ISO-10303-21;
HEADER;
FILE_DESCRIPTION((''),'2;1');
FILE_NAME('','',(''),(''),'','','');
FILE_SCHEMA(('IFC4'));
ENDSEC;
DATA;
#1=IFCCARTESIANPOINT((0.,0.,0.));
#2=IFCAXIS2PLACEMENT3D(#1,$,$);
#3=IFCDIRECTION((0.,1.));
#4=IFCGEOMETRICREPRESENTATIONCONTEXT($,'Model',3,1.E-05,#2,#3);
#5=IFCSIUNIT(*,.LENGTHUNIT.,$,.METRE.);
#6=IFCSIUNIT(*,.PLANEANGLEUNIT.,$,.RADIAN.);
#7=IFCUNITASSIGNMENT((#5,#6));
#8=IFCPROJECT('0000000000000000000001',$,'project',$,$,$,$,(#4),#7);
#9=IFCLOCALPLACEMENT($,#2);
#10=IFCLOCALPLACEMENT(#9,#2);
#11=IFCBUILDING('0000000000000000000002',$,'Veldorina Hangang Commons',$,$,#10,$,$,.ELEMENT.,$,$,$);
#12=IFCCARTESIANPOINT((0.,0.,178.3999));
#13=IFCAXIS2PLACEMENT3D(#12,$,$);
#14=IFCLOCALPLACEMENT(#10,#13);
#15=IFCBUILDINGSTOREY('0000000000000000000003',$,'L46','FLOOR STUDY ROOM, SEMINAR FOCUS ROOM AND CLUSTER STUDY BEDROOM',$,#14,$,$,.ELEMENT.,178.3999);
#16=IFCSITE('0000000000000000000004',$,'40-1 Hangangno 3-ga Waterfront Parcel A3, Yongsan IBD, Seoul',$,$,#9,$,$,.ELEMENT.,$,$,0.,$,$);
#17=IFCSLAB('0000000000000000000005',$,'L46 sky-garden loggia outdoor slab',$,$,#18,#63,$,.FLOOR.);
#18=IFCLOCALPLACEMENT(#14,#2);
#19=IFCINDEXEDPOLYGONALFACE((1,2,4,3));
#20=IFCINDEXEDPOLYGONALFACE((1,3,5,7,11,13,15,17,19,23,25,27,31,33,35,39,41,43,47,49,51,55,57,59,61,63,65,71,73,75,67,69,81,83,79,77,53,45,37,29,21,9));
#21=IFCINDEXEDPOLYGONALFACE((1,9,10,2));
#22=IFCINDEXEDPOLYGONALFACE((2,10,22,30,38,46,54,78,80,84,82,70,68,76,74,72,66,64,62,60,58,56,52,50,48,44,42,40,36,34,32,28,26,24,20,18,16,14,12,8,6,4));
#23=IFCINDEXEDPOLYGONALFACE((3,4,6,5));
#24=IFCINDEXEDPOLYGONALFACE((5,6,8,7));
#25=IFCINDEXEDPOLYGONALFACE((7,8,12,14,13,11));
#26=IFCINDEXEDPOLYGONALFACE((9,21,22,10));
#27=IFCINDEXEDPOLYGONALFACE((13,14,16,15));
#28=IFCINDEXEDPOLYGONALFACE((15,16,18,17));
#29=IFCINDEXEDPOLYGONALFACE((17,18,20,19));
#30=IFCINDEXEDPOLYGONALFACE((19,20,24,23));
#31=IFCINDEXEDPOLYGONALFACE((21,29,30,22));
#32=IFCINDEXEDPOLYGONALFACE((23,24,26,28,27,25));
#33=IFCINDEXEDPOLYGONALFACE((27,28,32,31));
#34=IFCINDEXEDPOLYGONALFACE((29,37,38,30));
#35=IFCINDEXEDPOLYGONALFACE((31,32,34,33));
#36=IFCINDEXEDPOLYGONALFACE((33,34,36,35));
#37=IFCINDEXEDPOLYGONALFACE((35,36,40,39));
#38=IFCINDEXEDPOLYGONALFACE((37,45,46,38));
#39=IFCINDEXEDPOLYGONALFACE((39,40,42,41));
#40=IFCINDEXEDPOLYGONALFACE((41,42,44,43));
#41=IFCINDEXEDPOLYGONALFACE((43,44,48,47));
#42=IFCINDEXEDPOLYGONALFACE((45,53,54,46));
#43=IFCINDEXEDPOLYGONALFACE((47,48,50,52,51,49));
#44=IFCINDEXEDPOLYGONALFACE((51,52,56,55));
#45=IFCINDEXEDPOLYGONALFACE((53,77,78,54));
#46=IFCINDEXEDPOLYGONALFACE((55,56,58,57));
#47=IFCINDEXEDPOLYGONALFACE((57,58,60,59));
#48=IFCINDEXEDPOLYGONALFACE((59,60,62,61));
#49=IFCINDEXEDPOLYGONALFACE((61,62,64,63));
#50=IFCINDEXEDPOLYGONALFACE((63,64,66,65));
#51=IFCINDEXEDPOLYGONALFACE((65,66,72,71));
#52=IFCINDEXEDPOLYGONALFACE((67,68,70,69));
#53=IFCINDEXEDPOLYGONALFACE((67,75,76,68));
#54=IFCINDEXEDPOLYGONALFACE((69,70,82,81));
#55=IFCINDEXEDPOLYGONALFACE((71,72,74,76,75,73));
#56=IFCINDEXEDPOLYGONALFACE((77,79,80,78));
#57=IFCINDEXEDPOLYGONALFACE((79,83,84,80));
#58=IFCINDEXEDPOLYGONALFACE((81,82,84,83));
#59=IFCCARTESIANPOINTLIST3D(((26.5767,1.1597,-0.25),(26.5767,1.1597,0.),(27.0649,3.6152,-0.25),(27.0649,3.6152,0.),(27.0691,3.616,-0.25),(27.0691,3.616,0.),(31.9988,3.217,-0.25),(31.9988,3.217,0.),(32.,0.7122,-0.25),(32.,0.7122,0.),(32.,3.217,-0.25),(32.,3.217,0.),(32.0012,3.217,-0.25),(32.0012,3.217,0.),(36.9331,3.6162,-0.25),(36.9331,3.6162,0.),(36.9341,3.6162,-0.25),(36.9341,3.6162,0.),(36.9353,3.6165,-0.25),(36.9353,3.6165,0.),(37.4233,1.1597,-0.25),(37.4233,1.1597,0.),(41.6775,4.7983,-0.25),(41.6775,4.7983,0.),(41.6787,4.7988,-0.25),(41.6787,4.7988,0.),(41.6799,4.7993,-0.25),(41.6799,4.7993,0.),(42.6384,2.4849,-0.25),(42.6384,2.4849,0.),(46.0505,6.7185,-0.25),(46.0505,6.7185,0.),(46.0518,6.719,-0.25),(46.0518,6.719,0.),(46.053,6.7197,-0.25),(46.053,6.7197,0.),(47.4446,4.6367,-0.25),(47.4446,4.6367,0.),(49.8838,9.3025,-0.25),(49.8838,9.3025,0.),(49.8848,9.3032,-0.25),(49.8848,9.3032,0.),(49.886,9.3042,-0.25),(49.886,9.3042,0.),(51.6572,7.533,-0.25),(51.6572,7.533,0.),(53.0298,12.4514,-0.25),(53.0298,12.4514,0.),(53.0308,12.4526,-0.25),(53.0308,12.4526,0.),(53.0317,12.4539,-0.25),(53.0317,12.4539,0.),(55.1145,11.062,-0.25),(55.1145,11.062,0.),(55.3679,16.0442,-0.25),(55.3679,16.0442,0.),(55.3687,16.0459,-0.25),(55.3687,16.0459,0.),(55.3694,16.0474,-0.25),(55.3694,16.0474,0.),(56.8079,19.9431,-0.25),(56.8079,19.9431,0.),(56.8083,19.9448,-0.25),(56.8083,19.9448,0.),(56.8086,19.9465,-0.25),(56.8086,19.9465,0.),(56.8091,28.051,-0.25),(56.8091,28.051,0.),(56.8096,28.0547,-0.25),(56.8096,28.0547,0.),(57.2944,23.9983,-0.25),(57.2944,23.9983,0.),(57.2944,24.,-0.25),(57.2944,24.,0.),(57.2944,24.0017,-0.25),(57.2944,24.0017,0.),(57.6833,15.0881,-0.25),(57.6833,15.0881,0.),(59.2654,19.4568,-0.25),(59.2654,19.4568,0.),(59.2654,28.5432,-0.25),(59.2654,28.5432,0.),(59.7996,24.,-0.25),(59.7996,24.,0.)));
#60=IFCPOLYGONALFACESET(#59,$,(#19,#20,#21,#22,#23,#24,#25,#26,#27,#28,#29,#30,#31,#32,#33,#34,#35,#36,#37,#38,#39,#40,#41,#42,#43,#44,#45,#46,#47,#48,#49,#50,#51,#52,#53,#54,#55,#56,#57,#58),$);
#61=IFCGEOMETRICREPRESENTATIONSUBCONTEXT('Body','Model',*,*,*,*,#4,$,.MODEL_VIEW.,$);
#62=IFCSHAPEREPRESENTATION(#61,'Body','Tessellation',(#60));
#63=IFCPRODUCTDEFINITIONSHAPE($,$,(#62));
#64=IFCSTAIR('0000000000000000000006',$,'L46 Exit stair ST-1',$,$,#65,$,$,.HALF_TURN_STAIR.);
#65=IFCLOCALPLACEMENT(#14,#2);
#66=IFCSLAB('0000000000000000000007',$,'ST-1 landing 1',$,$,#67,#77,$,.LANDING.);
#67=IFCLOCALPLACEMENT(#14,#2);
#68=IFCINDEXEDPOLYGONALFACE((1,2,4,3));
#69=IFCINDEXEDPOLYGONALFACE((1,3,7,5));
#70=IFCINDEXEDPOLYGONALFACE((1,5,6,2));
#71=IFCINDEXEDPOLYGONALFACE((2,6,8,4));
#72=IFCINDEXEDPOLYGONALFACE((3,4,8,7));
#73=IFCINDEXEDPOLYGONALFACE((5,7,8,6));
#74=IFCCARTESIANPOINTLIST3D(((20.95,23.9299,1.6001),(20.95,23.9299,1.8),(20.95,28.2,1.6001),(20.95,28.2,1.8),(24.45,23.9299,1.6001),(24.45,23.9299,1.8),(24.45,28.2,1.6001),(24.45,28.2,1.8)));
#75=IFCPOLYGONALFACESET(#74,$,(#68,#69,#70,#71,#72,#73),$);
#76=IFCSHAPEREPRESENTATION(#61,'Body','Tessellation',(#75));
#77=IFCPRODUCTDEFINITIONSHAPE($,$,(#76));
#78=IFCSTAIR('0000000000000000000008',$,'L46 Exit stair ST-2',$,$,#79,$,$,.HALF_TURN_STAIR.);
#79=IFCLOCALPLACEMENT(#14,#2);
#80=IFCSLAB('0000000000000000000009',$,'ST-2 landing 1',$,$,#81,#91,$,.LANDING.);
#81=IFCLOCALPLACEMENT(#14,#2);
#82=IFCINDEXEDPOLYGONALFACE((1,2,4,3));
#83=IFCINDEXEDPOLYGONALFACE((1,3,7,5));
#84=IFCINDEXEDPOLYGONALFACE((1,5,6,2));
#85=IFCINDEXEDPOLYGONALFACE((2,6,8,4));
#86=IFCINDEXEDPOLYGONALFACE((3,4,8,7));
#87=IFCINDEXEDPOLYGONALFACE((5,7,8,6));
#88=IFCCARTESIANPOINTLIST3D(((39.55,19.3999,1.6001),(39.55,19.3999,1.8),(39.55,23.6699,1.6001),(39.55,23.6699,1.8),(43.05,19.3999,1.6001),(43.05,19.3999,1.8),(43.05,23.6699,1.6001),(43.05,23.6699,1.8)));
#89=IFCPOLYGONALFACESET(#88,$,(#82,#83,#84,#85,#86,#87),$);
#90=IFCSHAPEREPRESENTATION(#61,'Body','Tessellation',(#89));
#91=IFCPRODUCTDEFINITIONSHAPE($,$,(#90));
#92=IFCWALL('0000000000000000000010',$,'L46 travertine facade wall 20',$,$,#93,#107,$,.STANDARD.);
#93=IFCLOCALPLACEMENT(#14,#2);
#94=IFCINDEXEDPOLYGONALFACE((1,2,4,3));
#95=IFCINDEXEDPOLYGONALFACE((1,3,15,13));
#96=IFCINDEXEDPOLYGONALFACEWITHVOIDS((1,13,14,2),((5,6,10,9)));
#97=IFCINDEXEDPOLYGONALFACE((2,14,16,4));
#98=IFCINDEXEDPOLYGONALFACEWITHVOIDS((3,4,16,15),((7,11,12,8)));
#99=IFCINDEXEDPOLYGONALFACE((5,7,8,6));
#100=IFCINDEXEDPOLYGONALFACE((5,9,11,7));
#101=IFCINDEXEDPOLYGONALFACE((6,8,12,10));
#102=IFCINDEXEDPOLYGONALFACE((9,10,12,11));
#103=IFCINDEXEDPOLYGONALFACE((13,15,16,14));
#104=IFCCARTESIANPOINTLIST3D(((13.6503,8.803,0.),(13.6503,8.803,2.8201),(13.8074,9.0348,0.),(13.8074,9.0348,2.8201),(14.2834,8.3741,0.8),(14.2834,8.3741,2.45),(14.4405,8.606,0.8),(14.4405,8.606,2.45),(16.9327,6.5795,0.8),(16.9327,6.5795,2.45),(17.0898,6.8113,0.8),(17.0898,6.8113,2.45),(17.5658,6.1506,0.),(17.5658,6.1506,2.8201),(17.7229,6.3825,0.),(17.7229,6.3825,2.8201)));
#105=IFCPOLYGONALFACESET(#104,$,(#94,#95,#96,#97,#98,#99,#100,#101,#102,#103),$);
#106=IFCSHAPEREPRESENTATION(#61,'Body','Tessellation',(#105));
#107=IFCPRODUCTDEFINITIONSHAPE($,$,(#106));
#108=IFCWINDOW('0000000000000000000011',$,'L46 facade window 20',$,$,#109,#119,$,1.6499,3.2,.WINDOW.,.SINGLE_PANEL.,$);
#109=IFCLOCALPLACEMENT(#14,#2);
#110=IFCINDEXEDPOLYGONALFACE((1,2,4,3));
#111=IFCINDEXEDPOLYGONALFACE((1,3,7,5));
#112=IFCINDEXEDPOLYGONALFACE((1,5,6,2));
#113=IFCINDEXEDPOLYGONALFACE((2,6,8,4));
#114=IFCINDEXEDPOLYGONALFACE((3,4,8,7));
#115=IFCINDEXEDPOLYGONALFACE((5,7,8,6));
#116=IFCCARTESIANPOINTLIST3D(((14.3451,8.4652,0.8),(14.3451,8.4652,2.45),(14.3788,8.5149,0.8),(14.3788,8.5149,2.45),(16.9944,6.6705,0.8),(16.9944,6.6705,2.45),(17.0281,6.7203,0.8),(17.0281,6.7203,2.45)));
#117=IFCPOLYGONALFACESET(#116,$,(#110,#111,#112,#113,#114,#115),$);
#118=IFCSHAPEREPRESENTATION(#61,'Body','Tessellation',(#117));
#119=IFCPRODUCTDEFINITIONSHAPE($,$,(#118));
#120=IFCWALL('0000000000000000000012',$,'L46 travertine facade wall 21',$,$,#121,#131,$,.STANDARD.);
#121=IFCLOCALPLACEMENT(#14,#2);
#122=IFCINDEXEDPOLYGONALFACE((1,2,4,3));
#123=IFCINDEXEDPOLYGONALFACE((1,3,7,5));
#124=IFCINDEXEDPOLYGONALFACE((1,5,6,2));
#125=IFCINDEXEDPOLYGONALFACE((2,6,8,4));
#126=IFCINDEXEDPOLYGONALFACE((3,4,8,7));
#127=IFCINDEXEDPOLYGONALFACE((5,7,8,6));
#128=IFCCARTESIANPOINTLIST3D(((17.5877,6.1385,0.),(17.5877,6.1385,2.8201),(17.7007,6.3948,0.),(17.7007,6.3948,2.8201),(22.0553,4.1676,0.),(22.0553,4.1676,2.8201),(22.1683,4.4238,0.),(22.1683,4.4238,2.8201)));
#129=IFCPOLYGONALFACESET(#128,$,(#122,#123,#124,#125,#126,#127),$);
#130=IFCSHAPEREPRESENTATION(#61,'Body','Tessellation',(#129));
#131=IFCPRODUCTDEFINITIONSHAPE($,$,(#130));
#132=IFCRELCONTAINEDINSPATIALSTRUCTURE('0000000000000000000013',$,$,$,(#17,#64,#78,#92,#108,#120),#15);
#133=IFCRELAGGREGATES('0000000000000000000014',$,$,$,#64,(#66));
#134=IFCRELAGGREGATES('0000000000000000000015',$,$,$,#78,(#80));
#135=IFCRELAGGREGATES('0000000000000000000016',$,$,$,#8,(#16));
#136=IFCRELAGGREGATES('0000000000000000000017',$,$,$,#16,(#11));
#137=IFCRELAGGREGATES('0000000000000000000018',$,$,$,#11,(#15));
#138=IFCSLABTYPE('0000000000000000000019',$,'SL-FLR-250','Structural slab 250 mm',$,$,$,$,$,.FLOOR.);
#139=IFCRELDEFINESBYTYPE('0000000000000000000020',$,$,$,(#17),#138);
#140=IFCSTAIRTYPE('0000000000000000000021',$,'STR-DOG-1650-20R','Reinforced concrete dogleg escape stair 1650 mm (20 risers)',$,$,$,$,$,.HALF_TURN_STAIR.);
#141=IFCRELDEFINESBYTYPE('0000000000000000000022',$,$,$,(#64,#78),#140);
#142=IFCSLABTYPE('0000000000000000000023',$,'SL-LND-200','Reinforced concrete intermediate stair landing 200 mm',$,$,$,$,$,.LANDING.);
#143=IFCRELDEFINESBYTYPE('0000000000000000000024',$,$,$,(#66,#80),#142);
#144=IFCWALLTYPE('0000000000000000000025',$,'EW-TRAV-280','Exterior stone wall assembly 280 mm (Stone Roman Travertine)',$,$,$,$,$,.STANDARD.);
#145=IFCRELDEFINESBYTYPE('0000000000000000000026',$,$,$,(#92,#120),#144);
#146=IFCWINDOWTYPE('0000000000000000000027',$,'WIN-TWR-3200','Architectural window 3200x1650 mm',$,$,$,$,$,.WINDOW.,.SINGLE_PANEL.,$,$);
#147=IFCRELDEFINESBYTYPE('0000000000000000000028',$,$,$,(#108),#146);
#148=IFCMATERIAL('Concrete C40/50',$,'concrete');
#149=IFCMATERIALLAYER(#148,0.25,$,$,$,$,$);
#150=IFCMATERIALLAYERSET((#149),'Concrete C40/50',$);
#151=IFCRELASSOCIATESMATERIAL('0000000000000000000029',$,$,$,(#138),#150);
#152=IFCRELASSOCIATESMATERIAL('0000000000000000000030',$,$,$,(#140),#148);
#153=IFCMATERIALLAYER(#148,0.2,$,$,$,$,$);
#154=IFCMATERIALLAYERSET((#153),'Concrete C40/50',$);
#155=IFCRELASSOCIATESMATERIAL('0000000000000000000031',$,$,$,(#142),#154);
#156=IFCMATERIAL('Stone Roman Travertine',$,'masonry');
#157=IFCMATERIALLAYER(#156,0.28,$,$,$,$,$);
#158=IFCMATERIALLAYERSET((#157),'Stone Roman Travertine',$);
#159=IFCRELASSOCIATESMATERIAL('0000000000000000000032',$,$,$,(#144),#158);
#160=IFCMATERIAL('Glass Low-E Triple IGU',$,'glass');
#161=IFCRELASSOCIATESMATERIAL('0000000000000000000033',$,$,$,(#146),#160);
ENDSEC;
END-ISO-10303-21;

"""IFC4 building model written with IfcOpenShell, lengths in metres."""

from ifc_helpers import new_model, si_unit, direction, frame, frame_2d, origin, place, context, subcontext, project, spatial, polyline, rectangle, outline, extrude, material, layer, layer_set, type_object, element, fill, aggregate, save


model = new_model("IFC4")

# Units and contexts
model_context = context("Model", 3, precision=1e-05, world=origin(), true_north=direction((0.0, 1.0)))
body_context = subcontext(model_context, "Body", "Model", "MODEL_VIEW")
ifc_project = project(units=[si_unit("LENGTHUNIT", "METRE"), si_unit("PLANEANGLEUNIT", "RADIAN")], contexts=[model_context])

# Site, building, storey
site_placement = place(None, origin())
site = spatial("IfcSite", under=ifc_project, at=site_placement, Name="40-1 Hangangno 3-ga Waterfront Parcel A3, Yongsan IBD, Seoul", CompositionType="ELEMENT", RefElevation=0.0)
building_placement = place(site_placement, origin())
building = spatial("IfcBuilding", under=site, at=building_placement, Name="Veldorina Hangang Commons", CompositionType="ELEMENT")
storey_placement = place(building_placement, frame((0.0, 0.0, 178.3999)))
storey = spatial("IfcBuildingStorey", under=building, at=storey_placement, Name="L46", Description="FLOOR STUDY ROOM, SEMINAR FOCUS ROOM AND CLUSTER STUDY BEDROOM", CompositionType="ELEMENT", Elevation=178.3999)

# Slab
ifc_material_1 = material(Name="Concrete C40/50", Category="concrete")
ifc_layer_1 = layer(ifc_material_1, 0.25)
ifc_layer_set_1 = layer_set([ifc_layer_1], Name="Concrete C40/50")
slab_type_1 = type_object("IfcSlabType", Name="SL-FLR-250", Description="Structural slab 250 mm", PredefinedType="FLOOR", material=ifc_layer_set_1)
slab_1_placement = place(storey_placement, frame((0.0, 0.0, -0.25)))
element("IfcSlab", 1, at=slab_1_placement, inside=storey, type_object=slab_type_1, Name="L46 sky-garden loggia outdoor slab", PredefinedType="FLOOR", context=body_context, shape_type="SweptSolid", body=[
    extrude(outline(polyline([(59.2654, 28.5432), (59.7996, 24.0), (59.2654, 19.4568), (57.6833, 15.0881), (55.1145, 11.062), (51.6572, 7.533), (47.4446, 4.6367), (42.6384, 2.4849), (37.4233, 1.1597), (32.0, 0.7122), (26.5767, 1.1597), (27.0649, 3.6152), (27.0691, 3.616), (31.9988, 3.217), (32.0, 3.217), (32.0012, 3.217), (36.9331, 3.6162), (36.9341, 3.6162), (36.9353, 3.6165), (41.6775, 4.7983), (41.6787, 4.7988), (41.6799, 4.7993), (46.0505, 6.7185), (46.0518, 6.719), (46.053, 6.7197), (49.8838, 9.3025), (49.8848, 9.3032), (49.886, 9.3042), (53.0298, 12.4514), (53.0308, 12.4526), (53.0317, 12.4539), (55.3679, 16.0442), (55.3687, 16.0459), (55.3694, 16.0474), (56.8079, 19.9431), (56.8083, 19.9448), (56.8086, 19.9465), (57.2944, 23.9983), (57.2944, 24.0), (57.2944, 24.0017), (56.8091, 28.051), (56.8096, 28.0547), (59.2654, 28.5432)])), origin(), (0.0, 0.0, 1.0), 0.25),
])

# Stairs, slabs
stair_type = type_object("IfcStairType", Name="STR-DOG-1650-20R", Description="Reinforced concrete dogleg escape stair 1650 mm (20 risers)", PredefinedType="HALF_TURN_STAIR", material=ifc_material_1)
stair_1_placement = place(storey_placement, origin())
stair_1 = element("IfcStair", 2, at=stair_1_placement, inside=storey, type_object=stair_type, Name="L46 Exit stair ST-1", PredefinedType="HALF_TURN_STAIR")
ifc_layer_2 = layer(ifc_material_1, 0.2)
ifc_layer_set_2 = layer_set([ifc_layer_2], Name="Concrete C40/50")
slab_type_2 = type_object("IfcSlabType", Name="SL-LND-200", Description="Reinforced concrete intermediate stair landing 200 mm", PredefinedType="LANDING", material=ifc_layer_set_2)
slab_2_placement = place(storey_placement, frame((0.0, 0.0, 1.6001)))
slab_2 = element("IfcSlab", 3, at=slab_2_placement, type_object=slab_type_2, Name="ST-1 landing 1", PredefinedType="LANDING", context=body_context, shape_type="SweptSolid", body=[
    extrude(outline(polyline([(24.45, 23.9299), (24.45, 28.2), (20.95, 28.2), (20.95, 23.9299), (24.45, 23.9299)])), origin(), (0.0, 0.0, 1.0), 0.2),
])
aggregate(stair_1, [slab_2])
stair_2_placement = place(storey_placement, origin())
stair_2 = element("IfcStair", 4, at=stair_2_placement, inside=storey, type_object=stair_type, Name="L46 Exit stair ST-2", PredefinedType="HALF_TURN_STAIR")
slab_3_placement = place(storey_placement, frame((0.0, 0.0, 1.6001)))
slab_3 = element("IfcSlab", 5, at=slab_3_placement, type_object=slab_type_2, Name="ST-2 landing 1", PredefinedType="LANDING", context=body_context, shape_type="SweptSolid", body=[
    extrude(outline(polyline([(39.55, 23.6699), (39.55, 19.3999), (43.05, 19.3999), (43.05, 23.6699), (39.55, 23.6699)])), origin(), (0.0, 0.0, 1.0), 0.2),
])
aggregate(stair_2, [slab_3])

# Wall, opening, window
ifc_material_2 = material(Name="Stone Roman Travertine", Category="masonry")
ifc_layer_3 = layer(ifc_material_2, 0.28)
ifc_layer_set_3 = layer_set([ifc_layer_3], Name="Stone Roman Travertine")
wall_type = type_object("IfcWallType", Name="EW-TRAV-280", Description="Exterior stone wall assembly 280 mm (Stone Roman Travertine)", PredefinedType="STANDARD", material=ifc_layer_set_3)
wall_1_placement = place(storey_placement, frame((13.7288, 8.9189, 0.0), z_axis=(0.0, 0.0, 1.0), x_axis=(0.82793, -0.560832, 0.0)))
wall_1 = element("IfcWall", 6, at=wall_1_placement, inside=storey, type_object=wall_type, Name="L46 travertine facade wall 20", PredefinedType="STANDARD", context=body_context, shape_type="SweptSolid", body=[
    extrude(rectangle(XDim=4.7292, YDim=0.28, at=frame_2d((2.3647, 0.0))), origin(), (0.0, 0.0, 1.0), 2.8201),
])
opening_placement = place(wall_1_placement, frame((0.7646, 0.0, 0.8)))
opening = element("IfcOpeningElement", 7, at=opening_placement, cuts=wall_1, PredefinedType="OPENING", context=body_context, shape_type="SweptSolid", body=[
    extrude(rectangle(XDim=3.2, YDim=1.6499, at=frame_2d((1.6001, 0.825))), frame((0.0, 0.1499, 0.0), z_axis=(0.0, -1.0, 0.0), x_axis=(1.0, 0.0, 0.0)), (0.0, 0.0, 1.0), 0.3),
])
ifc_material_3 = material(Name="Glass Low-E Triple IGU", Category="glass")
window_type = type_object("IfcWindowType", Name="WIN-TWR-3200", Description="Architectural window 3200x1650 mm", PartitioningType="SINGLE_PANEL", PredefinedType="WINDOW", material=ifc_material_3)
window_placement = place(opening_placement, origin())
window = element("IfcWindow", 8, at=window_placement, inside=storey, type_object=window_type, Name="L46 facade window 20", OverallHeight=1.6499, OverallWidth=3.2, PartitioningType="SINGLE_PANEL", PredefinedType="WINDOW", context=body_context, shape_type="SweptSolid", body=[
    extrude(rectangle(XDim=3.2, YDim=1.6499, at=frame_2d((1.6001, 0.825))), frame((0.0, 0.03, 0.0), z_axis=(0.0, -1.0, 0.0), x_axis=(1.0, 0.0, 0.0)), (0.0, 0.0, 1.0), 0.0601),
])
fill(opening, window)

# Wall
wall_2_placement = place(storey_placement, frame((17.6443, 6.2666, 0.0), z_axis=(0.0, 0.0, 1.0), x_axis=(0.914919, -0.403637, 0.0)))
element("IfcWall", 9, at=wall_2_placement, inside=storey, type_object=wall_type, Name="L46 travertine facade wall 21", PredefinedType="STANDARD", context=body_context, shape_type="SweptSolid", body=[
    extrude(rectangle(XDim=4.8831, YDim=0.28, at=frame_2d((2.4414, 0.0))), origin(), (0.0, 0.0, 1.0), 2.8201),
])

save(model, "model.ifc")
